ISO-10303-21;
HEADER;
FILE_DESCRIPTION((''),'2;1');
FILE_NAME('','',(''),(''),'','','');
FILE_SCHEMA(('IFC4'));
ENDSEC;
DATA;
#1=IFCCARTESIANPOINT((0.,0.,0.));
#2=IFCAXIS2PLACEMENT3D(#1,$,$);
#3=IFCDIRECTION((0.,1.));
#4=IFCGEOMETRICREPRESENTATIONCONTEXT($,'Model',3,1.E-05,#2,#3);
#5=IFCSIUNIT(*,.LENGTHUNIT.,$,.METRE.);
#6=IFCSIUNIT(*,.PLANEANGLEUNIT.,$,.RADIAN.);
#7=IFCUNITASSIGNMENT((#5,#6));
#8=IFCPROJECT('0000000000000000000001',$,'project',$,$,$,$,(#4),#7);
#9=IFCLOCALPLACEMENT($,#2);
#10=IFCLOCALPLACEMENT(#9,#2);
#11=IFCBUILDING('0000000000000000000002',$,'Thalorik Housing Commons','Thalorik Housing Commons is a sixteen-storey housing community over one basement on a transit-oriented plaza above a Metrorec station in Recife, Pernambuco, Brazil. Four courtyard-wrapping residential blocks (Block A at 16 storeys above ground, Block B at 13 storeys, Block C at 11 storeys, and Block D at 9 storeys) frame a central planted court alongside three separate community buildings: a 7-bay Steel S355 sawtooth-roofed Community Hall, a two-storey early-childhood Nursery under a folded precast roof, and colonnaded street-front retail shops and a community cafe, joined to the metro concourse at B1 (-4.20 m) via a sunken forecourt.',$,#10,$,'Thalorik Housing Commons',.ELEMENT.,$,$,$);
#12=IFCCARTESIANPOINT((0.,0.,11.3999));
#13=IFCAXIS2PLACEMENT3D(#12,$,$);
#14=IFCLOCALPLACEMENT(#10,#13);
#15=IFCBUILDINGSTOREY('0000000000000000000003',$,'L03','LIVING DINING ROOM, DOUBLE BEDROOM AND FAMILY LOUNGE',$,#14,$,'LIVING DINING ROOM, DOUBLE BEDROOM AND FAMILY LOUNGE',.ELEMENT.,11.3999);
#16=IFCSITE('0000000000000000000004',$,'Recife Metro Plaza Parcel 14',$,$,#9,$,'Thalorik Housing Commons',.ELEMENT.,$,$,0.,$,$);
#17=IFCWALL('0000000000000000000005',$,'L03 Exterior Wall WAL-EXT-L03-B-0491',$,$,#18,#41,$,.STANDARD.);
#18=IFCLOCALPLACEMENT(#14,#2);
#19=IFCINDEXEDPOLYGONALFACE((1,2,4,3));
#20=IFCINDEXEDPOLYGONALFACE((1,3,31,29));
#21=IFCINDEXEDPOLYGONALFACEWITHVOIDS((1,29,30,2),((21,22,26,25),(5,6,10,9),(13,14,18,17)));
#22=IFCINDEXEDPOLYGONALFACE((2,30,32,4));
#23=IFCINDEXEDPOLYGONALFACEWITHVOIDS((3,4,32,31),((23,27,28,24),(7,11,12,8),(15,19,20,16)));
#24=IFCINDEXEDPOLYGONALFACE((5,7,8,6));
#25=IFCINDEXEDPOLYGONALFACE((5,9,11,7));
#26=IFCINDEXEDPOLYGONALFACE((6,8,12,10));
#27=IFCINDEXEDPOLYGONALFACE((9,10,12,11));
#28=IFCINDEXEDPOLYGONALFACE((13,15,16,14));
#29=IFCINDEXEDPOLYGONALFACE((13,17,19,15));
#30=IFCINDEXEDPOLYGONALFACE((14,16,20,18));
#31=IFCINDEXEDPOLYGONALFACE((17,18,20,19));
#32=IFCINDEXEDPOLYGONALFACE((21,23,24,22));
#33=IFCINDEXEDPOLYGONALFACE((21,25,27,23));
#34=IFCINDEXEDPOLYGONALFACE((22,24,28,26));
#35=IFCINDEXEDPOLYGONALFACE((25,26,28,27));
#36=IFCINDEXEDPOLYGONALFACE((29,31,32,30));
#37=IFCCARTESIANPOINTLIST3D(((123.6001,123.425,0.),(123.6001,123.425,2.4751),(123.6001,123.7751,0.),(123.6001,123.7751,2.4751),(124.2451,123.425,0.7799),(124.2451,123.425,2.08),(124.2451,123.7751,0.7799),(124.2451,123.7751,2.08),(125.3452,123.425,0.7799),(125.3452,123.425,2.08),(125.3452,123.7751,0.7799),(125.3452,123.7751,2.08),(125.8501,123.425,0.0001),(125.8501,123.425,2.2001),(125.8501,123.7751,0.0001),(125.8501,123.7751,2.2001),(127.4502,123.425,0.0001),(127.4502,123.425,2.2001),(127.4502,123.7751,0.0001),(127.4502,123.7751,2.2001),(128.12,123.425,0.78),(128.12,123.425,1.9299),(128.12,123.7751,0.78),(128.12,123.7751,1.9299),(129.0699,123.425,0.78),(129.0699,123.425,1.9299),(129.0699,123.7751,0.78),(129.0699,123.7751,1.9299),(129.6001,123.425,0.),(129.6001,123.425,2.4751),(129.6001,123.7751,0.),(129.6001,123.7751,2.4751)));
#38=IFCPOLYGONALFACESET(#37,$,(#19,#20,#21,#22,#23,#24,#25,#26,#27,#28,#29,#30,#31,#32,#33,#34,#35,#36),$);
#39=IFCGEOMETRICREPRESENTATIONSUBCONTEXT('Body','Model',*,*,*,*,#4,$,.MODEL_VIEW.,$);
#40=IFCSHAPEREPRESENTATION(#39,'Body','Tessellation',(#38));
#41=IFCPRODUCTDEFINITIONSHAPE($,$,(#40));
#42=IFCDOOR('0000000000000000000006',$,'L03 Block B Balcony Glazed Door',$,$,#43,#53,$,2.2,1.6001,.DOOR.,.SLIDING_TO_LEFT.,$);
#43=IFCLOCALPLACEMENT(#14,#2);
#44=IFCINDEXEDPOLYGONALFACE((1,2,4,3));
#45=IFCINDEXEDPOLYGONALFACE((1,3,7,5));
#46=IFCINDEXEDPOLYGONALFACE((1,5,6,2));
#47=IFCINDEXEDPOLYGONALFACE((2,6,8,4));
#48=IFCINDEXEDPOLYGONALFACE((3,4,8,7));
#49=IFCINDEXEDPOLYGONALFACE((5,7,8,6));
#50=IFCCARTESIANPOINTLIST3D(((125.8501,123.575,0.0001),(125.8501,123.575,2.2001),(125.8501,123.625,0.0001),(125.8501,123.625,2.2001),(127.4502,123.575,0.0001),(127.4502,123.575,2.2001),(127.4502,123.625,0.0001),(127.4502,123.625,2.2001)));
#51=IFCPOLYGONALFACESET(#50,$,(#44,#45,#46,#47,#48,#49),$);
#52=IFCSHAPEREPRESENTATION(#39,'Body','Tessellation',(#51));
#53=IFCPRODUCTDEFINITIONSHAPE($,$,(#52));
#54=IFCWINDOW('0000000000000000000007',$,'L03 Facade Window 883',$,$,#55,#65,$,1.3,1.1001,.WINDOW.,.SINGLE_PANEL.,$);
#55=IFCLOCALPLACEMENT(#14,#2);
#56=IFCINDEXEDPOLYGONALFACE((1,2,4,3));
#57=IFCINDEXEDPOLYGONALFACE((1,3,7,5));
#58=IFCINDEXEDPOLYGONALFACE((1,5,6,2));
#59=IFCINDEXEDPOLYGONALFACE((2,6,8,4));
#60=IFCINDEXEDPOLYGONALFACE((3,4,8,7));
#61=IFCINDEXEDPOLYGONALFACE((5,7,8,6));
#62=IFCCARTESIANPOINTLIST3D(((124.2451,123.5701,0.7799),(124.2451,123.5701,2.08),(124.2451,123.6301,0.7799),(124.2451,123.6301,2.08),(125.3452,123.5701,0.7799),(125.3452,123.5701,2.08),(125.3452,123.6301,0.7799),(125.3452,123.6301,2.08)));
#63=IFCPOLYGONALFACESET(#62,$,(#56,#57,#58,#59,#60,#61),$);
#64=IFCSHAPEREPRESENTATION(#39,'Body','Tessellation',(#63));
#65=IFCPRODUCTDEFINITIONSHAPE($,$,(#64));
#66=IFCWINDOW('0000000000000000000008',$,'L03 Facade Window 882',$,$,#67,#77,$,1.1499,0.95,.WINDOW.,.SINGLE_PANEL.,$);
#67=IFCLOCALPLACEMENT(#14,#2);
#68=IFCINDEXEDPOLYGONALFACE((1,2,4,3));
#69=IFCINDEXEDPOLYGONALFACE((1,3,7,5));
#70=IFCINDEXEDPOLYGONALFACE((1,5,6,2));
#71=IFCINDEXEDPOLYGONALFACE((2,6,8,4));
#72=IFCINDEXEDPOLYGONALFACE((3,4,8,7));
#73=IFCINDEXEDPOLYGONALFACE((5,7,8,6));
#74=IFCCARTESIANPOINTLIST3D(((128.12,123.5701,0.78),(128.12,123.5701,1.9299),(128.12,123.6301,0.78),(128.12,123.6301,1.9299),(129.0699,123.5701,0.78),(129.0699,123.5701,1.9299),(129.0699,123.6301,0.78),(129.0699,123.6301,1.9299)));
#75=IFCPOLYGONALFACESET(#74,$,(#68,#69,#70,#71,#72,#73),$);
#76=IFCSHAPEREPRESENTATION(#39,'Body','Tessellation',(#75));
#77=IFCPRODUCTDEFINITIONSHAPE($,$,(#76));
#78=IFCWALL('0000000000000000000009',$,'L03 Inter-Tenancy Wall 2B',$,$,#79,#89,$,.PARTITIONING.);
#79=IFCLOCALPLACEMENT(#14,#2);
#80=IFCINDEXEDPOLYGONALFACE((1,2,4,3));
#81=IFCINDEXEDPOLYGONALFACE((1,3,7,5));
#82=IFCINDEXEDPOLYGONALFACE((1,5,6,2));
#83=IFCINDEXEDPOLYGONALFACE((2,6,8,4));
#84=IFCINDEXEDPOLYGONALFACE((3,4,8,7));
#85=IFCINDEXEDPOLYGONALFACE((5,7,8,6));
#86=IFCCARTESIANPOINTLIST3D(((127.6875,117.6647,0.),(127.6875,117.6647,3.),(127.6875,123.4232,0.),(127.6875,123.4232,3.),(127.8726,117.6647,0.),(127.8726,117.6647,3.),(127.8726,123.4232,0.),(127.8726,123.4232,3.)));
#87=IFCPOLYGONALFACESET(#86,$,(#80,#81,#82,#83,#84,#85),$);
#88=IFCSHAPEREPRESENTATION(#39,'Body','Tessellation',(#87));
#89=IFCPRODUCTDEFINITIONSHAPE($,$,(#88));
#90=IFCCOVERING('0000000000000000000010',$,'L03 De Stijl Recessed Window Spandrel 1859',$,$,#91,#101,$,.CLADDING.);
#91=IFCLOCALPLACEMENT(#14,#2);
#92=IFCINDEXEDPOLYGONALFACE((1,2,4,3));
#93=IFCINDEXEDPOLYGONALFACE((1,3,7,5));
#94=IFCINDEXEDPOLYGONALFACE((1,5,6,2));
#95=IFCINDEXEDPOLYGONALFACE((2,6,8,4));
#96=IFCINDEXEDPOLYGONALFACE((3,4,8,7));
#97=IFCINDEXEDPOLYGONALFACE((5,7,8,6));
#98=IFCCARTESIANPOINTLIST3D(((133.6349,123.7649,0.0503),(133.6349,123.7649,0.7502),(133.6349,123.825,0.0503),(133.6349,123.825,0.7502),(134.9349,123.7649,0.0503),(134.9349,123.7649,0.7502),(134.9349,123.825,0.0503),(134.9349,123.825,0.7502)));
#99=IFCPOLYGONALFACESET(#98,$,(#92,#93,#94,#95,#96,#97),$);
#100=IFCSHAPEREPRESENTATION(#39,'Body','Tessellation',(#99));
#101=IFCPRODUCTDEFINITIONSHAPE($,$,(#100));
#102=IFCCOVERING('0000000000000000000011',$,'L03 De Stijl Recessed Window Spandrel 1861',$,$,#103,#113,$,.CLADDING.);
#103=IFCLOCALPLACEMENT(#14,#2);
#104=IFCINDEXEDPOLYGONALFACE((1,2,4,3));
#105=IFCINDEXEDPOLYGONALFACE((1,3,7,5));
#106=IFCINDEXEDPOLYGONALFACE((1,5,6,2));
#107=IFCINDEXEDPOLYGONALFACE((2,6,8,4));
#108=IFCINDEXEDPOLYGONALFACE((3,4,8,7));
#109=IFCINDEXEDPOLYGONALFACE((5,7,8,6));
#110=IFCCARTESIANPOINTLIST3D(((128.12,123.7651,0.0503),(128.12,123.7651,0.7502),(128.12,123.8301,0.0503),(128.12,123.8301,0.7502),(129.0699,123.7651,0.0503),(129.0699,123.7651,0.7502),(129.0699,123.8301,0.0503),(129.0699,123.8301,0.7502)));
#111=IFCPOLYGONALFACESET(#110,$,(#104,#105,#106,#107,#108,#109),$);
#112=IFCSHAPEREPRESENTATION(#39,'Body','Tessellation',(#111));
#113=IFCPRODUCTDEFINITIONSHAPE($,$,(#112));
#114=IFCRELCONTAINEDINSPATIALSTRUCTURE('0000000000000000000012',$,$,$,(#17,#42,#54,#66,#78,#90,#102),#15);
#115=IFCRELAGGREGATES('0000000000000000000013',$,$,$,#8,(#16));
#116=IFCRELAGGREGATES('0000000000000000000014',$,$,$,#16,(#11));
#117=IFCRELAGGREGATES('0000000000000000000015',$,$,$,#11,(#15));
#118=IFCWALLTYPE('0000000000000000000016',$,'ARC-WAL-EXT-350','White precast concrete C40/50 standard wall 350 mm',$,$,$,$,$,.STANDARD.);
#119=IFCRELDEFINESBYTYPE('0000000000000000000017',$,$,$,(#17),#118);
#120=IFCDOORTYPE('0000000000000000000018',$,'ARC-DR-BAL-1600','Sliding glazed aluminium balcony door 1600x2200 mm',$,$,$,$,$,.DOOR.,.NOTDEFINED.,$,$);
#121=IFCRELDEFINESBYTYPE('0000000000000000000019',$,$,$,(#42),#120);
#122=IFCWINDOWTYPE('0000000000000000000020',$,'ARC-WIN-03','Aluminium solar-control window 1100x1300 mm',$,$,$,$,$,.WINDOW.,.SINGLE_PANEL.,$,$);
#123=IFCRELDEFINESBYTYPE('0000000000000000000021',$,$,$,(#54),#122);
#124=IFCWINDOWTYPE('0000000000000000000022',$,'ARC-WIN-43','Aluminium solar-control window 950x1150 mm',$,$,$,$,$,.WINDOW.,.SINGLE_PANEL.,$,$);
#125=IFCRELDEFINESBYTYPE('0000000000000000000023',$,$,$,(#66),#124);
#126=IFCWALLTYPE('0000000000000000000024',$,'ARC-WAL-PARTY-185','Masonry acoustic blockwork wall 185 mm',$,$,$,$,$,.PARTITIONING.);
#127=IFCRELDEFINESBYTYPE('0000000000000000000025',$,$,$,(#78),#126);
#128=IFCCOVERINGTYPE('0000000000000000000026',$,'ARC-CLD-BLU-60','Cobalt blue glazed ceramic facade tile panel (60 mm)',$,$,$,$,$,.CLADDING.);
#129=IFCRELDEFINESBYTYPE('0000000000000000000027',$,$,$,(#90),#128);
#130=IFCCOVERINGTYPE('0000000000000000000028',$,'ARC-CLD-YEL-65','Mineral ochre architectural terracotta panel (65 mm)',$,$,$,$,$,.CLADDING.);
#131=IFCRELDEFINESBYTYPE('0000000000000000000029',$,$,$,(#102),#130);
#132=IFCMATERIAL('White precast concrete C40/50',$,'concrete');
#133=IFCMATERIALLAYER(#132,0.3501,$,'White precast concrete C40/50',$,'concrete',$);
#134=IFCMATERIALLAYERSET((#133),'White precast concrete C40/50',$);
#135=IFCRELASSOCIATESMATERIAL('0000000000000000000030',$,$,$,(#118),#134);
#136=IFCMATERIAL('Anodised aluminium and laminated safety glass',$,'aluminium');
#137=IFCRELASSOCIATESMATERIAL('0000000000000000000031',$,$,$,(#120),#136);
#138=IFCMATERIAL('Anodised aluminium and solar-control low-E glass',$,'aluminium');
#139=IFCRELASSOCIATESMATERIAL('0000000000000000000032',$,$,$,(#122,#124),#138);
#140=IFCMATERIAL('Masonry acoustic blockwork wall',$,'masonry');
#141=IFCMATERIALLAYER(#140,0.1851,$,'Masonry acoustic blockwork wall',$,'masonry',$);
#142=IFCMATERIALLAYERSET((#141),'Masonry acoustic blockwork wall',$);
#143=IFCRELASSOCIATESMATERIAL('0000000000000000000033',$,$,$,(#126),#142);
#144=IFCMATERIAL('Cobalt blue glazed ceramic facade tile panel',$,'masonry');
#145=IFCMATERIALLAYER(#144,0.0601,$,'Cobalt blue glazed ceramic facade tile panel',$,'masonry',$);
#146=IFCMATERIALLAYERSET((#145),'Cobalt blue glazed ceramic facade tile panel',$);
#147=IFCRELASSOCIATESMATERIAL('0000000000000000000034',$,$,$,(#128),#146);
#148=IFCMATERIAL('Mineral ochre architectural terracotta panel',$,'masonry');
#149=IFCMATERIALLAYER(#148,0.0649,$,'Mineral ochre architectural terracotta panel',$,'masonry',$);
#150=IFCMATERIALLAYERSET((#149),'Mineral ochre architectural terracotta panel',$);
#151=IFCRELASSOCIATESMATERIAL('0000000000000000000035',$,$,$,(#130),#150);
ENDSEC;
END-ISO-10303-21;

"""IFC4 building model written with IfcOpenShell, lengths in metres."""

from ifc_helpers import new_model, si_unit, direction, frame, frame_2d, origin, origin_2d, place, context, subcontext, project, spatial, rectangle, extrude, material, layer, layer_set, type_object, element, fill, save


model = new_model("IFC4")

# Units and contexts
model_context = context("Model", 3, precision=1e-05, world=origin(), true_north=direction((0.0, 1.0)))
body_context = subcontext(model_context, "Body", "Model", "MODEL_VIEW")
ifc_project = project(units=[si_unit("LENGTHUNIT", "METRE"), si_unit("PLANEANGLEUNIT", "RADIAN")], contexts=[model_context])

# Site, building, storey
site_placement = place(None, origin())
site = spatial("IfcSite", under=ifc_project, at=site_placement, Name="Recife Metro Plaza Parcel 14", LongName="Thalorik Housing Commons", CompositionType="ELEMENT", RefElevation=0.0)
building_placement = place(site_placement, origin())
building = spatial("IfcBuilding", under=site, at=building_placement, Name="Thalorik Housing Commons", Description="Thalorik Housing Commons is a sixteen-storey housing community over one basement on a transit-oriented plaza above a Metrorec station in Recife, Pernambuco, Brazil. Four courtyard-wrapping residential blocks (Block A at 16 storeys above ground, Block B at 13 storeys, Block C at 11 storeys, and Block D at 9 storeys) frame a central planted court alongside three separate community buildings: a 7-bay Steel S355 sawtooth-roofed Community Hall, a two-storey early-childhood Nursery under a folded precast roof, and colonnaded street-front retail shops and a community cafe, joined to the metro concourse at B1 (-4.20 m) via a sunken forecourt.", LongName="Thalorik Housing Commons", CompositionType="ELEMENT")
storey_placement = place(building_placement, frame((0.0, 0.0, 11.3999)))
storey = spatial("IfcBuildingStorey", under=building, at=storey_placement, Name="L03", Description="LIVING DINING ROOM, DOUBLE BEDROOM AND FAMILY LOUNGE", LongName="LIVING DINING ROOM, DOUBLE BEDROOM AND FAMILY LOUNGE", CompositionType="ELEMENT", Elevation=11.3999)

# Wall, openings, door, windows
ifc_material_1 = material(Name="White precast concrete C40/50", Category="concrete")
ifc_layer_1 = layer(ifc_material_1, 0.3501, Name="White precast concrete C40/50", Category="concrete")
ifc_layer_set_1 = layer_set([ifc_layer_1], Name="White precast concrete C40/50")
wall_type_1 = type_object("IfcWallType", Name="ARC-WAL-EXT-350", Description="White precast concrete C40/50 standard wall 350 mm", PredefinedType="STANDARD", material=ifc_layer_set_1)
ifc_material_2 = material(Name="Anodised aluminium and laminated safety glass", Category="aluminium")
ifc_material_3 = material(Name="Anodised aluminium and solar-control low-E glass", Category="aluminium")
wall_1_placement = place(storey_placement, frame((129.6001, 123.6001, 0.0), z_axis=(0.0, 0.0, 1.0), x_axis=(-1.0, 0.0, 0.0)))
wall_1 = element("IfcWall", 1, at=wall_1_placement, inside=storey, type_object=wall_type_1, Name="L03 Exterior Wall WAL-EXT-L03-B-0491", PredefinedType="STANDARD", context=body_context, shape_type="SweptSolid", body=[
    extrude(rectangle(XDim=6.0, YDim=0.3501, at=frame_2d((3.0, 0.0))), origin(), (0.0, 0.0, 1.0), 2.4751),
])
opening_1_placement = place(wall_1_placement, frame((2.1499, 0.0, 0.0)))
opening_1 = element("IfcOpeningElement", 2, at=opening_1_placement, cuts=wall_1, PredefinedType="OPENING", context=body_context, shape_type="SweptSolid", body=[
    extrude(rectangle(XDim=1.6001, YDim=2.2, at=frame_2d((0.8, 1.1001))), frame((0.0, 0.1851, 0.0), z_axis=(0.0, -1.0, 0.0), x_axis=(1.0, 0.0, 0.0)), (0.0, 0.0, 1.0), 0.3701),
])
opening_2_placement = place(wall_1_placement, frame((0.53, 0.0, 0.78)))
opening_2 = element("IfcOpeningElement", 3, at=opening_2_placement, cuts=wall_1, PredefinedType="OPENING", context=body_context, shape_type="SweptSolid", body=[
    extrude(rectangle(XDim=0.95, YDim=1.1499, at=frame_2d((0.4751, 0.575))), frame((0.0, 0.1851, 0.0), z_axis=(0.0, -1.0, 0.0), x_axis=(1.0, 0.0, 0.0)), (0.0, 0.0, 1.0), 0.3701),
])
opening_3_placement = place(wall_1_placement, frame((4.2549, 0.0, 0.78)))
opening_3 = element("IfcOpeningElement", 4, at=opening_3_placement, cuts=wall_1, PredefinedType="OPENING", context=body_context, shape_type="SweptSolid", body=[
    extrude(rectangle(XDim=1.1001, YDim=1.3, at=frame_2d((0.55, 0.6499))), frame((0.0, 0.1851, 0.0), z_axis=(0.0, -1.0, 0.0), x_axis=(1.0, 0.0, 0.0)), (0.0, 0.0, 1.0), 0.3701),
])
door_type_1 = type_object("IfcDoorType", Name="ARC-DR-BAL-1600", Description="Sliding glazed aluminium balcony door 1600x2200 mm", OperationType="NOTDEFINED", PredefinedType="DOOR", material=ifc_material_2)
door_1_placement = place(opening_1_placement, frame((1.6001, 0.0, 0.0), z_axis=(0.0, 0.0, 1.0), x_axis=(-1.0, 0.0, 0.0)))
door_1 = element("IfcDoor", 5, at=door_1_placement, inside=storey, type_object=door_type_1, Name="L03 Block B Balcony Glazed Door", OperationType="SLIDING_TO_LEFT", OverallHeight=2.2, OverallWidth=1.6001, PredefinedType="DOOR", context=body_context, shape_type="SweptSolid", body=[
    extrude(rectangle(XDim=1.6001, YDim=2.2, at=frame_2d((0.8, 1.1001))), frame((0.0, 0.0249, 0.0), z_axis=(0.0, -1.0, 0.0), x_axis=(1.0, 0.0, 0.0)), (0.0, 0.0, 1.0), 0.05),
])
fill(opening_1, door_1)
window_type_1 = type_object("IfcWindowType", Name="ARC-WIN-03", Description="Aluminium solar-control window 1100x1300 mm", PartitioningType="SINGLE_PANEL", PredefinedType="WINDOW", material=ifc_material_3)
window_1_placement = place(opening_3_placement, origin())
window_1 = element("IfcWindow", 6, at=window_1_placement, inside=storey, type_object=window_type_1, Name="L03 Facade Window 883", OverallHeight=1.3, OverallWidth=1.1001, PartitioningType="SINGLE_PANEL", PredefinedType="WINDOW", context=body_context, shape_type="SweptSolid", body=[
    extrude(rectangle(XDim=1.1001, YDim=1.3, at=frame_2d((0.55, 0.6499))), frame((0.0, 0.03, 0.0), z_axis=(0.0, -1.0, 0.0), x_axis=(1.0, 0.0, 0.0)), (0.0, 0.0, 1.0), 0.0601),
])
fill(opening_3, window_1)
window_type_2 = type_object("IfcWindowType", Name="ARC-WIN-43", Description="Aluminium solar-control window 950x1150 mm", PartitioningType="SINGLE_PANEL", PredefinedType="WINDOW", material=ifc_material_3)
window_2_placement = place(opening_2_placement, origin())
window_2 = element("IfcWindow", 7, at=window_2_placement, inside=storey, type_object=window_type_2, Name="L03 Facade Window 882", OverallHeight=1.1499, OverallWidth=0.95, PartitioningType="SINGLE_PANEL", PredefinedType="WINDOW", context=body_context, shape_type="SweptSolid", body=[
    extrude(rectangle(XDim=0.95, YDim=1.1499, at=frame_2d((0.4751, 0.575))), frame((0.0, 0.03, 0.0), z_axis=(0.0, -1.0, 0.0), x_axis=(1.0, 0.0, 0.0)), (0.0, 0.0, 1.0), 0.0601),
])
fill(opening_2, window_2)

# Wall
ifc_material_4 = material(Name="Masonry acoustic blockwork wall", Category="masonry")
ifc_layer_2 = layer(ifc_material_4, 0.1851, Name="Masonry acoustic blockwork wall", Category="masonry")
ifc_layer_set_2 = layer_set([ifc_layer_2], Name="Masonry acoustic blockwork wall")
wall_type_2 = type_object("IfcWallType", Name="ARC-WAL-PARTY-185", Description="Masonry acoustic blockwork wall 185 mm", PredefinedType="PARTITIONING", material=ifc_layer_set_2)
wall_2_placement = place(storey_placement, frame((127.78, 117.6646, 0.0), z_axis=(0.0, 0.0, 1.0), x_axis=(0.0, 1.0, 0.0)))
element("IfcWall", 8, at=wall_2_placement, inside=storey, type_object=wall_type_2, Name="L03 Inter-Tenancy Wall 2B", PredefinedType="PARTITIONING", context=body_context, shape_type="SweptSolid", body=[
    extrude(rectangle(XDim=5.7585, YDim=0.1851, at=frame_2d((2.8794, 0.0))), origin(), (0.0, 0.0, 1.0), 3.0),
])

# Coverings
ifc_material_5 = material(Name="Cobalt blue glazed ceramic facade tile panel", Category="masonry")
ifc_layer_3 = layer(ifc_material_5, 0.0601, Name="Cobalt blue glazed ceramic facade tile panel", Category="masonry")
ifc_layer_set_3 = layer_set([ifc_layer_3], Name="Cobalt blue glazed ceramic facade tile panel")
covering_type_1 = type_object("IfcCoveringType", Name="ARC-CLD-BLU-60", Description="Cobalt blue glazed ceramic facade tile panel (60 mm)", PredefinedType="CLADDING", material=ifc_layer_set_3)
covering_1_placement = place(storey_placement, frame((134.2849, 123.7949, 0.0503), z_axis=(0.0, 0.0, 1.0), x_axis=(-1.0, 0.0, 0.0)))
element("IfcCovering", 9, at=covering_1_placement, inside=storey, type_object=covering_type_1, Name="L03 De Stijl Recessed Window Spandrel 1859", PredefinedType="CLADDING", context=body_context, shape_type="SweptSolid", body=[
    extrude(rectangle(XDim=1.3, YDim=0.0601, at=origin_2d()), origin(), (0.0, 0.0, 1.0), 0.7),
])
ifc_material_6 = material(Name="Mineral ochre architectural terracotta panel", Category="masonry")
ifc_layer_4 = layer(ifc_material_6, 0.0649, Name="Mineral ochre architectural terracotta panel", Category="masonry")
ifc_layer_set_4 = layer_set([ifc_layer_4], Name="Mineral ochre architectural terracotta panel")
covering_type_2 = type_object("IfcCoveringType", Name="ARC-CLD-YEL-65", Description="Mineral ochre architectural terracotta panel (65 mm)", PredefinedType="CLADDING", material=ifc_layer_set_4)
covering_2_placement = place(storey_placement, frame((128.595, 123.7976, 0.0503), z_axis=(0.0, 0.0, 1.0), x_axis=(-1.0, 0.0, 0.0)))
element("IfcCovering", 10, at=covering_2_placement, inside=storey, type_object=covering_type_2, Name="L03 De Stijl Recessed Window Spandrel 1861", PredefinedType="CLADDING", context=body_context, shape_type="SweptSolid", body=[
    extrude(rectangle(XDim=0.95, YDim=0.0649, at=origin_2d()), origin(), (0.0, 0.0, 1.0), 0.7),
])

save(model, "model.ifc")
